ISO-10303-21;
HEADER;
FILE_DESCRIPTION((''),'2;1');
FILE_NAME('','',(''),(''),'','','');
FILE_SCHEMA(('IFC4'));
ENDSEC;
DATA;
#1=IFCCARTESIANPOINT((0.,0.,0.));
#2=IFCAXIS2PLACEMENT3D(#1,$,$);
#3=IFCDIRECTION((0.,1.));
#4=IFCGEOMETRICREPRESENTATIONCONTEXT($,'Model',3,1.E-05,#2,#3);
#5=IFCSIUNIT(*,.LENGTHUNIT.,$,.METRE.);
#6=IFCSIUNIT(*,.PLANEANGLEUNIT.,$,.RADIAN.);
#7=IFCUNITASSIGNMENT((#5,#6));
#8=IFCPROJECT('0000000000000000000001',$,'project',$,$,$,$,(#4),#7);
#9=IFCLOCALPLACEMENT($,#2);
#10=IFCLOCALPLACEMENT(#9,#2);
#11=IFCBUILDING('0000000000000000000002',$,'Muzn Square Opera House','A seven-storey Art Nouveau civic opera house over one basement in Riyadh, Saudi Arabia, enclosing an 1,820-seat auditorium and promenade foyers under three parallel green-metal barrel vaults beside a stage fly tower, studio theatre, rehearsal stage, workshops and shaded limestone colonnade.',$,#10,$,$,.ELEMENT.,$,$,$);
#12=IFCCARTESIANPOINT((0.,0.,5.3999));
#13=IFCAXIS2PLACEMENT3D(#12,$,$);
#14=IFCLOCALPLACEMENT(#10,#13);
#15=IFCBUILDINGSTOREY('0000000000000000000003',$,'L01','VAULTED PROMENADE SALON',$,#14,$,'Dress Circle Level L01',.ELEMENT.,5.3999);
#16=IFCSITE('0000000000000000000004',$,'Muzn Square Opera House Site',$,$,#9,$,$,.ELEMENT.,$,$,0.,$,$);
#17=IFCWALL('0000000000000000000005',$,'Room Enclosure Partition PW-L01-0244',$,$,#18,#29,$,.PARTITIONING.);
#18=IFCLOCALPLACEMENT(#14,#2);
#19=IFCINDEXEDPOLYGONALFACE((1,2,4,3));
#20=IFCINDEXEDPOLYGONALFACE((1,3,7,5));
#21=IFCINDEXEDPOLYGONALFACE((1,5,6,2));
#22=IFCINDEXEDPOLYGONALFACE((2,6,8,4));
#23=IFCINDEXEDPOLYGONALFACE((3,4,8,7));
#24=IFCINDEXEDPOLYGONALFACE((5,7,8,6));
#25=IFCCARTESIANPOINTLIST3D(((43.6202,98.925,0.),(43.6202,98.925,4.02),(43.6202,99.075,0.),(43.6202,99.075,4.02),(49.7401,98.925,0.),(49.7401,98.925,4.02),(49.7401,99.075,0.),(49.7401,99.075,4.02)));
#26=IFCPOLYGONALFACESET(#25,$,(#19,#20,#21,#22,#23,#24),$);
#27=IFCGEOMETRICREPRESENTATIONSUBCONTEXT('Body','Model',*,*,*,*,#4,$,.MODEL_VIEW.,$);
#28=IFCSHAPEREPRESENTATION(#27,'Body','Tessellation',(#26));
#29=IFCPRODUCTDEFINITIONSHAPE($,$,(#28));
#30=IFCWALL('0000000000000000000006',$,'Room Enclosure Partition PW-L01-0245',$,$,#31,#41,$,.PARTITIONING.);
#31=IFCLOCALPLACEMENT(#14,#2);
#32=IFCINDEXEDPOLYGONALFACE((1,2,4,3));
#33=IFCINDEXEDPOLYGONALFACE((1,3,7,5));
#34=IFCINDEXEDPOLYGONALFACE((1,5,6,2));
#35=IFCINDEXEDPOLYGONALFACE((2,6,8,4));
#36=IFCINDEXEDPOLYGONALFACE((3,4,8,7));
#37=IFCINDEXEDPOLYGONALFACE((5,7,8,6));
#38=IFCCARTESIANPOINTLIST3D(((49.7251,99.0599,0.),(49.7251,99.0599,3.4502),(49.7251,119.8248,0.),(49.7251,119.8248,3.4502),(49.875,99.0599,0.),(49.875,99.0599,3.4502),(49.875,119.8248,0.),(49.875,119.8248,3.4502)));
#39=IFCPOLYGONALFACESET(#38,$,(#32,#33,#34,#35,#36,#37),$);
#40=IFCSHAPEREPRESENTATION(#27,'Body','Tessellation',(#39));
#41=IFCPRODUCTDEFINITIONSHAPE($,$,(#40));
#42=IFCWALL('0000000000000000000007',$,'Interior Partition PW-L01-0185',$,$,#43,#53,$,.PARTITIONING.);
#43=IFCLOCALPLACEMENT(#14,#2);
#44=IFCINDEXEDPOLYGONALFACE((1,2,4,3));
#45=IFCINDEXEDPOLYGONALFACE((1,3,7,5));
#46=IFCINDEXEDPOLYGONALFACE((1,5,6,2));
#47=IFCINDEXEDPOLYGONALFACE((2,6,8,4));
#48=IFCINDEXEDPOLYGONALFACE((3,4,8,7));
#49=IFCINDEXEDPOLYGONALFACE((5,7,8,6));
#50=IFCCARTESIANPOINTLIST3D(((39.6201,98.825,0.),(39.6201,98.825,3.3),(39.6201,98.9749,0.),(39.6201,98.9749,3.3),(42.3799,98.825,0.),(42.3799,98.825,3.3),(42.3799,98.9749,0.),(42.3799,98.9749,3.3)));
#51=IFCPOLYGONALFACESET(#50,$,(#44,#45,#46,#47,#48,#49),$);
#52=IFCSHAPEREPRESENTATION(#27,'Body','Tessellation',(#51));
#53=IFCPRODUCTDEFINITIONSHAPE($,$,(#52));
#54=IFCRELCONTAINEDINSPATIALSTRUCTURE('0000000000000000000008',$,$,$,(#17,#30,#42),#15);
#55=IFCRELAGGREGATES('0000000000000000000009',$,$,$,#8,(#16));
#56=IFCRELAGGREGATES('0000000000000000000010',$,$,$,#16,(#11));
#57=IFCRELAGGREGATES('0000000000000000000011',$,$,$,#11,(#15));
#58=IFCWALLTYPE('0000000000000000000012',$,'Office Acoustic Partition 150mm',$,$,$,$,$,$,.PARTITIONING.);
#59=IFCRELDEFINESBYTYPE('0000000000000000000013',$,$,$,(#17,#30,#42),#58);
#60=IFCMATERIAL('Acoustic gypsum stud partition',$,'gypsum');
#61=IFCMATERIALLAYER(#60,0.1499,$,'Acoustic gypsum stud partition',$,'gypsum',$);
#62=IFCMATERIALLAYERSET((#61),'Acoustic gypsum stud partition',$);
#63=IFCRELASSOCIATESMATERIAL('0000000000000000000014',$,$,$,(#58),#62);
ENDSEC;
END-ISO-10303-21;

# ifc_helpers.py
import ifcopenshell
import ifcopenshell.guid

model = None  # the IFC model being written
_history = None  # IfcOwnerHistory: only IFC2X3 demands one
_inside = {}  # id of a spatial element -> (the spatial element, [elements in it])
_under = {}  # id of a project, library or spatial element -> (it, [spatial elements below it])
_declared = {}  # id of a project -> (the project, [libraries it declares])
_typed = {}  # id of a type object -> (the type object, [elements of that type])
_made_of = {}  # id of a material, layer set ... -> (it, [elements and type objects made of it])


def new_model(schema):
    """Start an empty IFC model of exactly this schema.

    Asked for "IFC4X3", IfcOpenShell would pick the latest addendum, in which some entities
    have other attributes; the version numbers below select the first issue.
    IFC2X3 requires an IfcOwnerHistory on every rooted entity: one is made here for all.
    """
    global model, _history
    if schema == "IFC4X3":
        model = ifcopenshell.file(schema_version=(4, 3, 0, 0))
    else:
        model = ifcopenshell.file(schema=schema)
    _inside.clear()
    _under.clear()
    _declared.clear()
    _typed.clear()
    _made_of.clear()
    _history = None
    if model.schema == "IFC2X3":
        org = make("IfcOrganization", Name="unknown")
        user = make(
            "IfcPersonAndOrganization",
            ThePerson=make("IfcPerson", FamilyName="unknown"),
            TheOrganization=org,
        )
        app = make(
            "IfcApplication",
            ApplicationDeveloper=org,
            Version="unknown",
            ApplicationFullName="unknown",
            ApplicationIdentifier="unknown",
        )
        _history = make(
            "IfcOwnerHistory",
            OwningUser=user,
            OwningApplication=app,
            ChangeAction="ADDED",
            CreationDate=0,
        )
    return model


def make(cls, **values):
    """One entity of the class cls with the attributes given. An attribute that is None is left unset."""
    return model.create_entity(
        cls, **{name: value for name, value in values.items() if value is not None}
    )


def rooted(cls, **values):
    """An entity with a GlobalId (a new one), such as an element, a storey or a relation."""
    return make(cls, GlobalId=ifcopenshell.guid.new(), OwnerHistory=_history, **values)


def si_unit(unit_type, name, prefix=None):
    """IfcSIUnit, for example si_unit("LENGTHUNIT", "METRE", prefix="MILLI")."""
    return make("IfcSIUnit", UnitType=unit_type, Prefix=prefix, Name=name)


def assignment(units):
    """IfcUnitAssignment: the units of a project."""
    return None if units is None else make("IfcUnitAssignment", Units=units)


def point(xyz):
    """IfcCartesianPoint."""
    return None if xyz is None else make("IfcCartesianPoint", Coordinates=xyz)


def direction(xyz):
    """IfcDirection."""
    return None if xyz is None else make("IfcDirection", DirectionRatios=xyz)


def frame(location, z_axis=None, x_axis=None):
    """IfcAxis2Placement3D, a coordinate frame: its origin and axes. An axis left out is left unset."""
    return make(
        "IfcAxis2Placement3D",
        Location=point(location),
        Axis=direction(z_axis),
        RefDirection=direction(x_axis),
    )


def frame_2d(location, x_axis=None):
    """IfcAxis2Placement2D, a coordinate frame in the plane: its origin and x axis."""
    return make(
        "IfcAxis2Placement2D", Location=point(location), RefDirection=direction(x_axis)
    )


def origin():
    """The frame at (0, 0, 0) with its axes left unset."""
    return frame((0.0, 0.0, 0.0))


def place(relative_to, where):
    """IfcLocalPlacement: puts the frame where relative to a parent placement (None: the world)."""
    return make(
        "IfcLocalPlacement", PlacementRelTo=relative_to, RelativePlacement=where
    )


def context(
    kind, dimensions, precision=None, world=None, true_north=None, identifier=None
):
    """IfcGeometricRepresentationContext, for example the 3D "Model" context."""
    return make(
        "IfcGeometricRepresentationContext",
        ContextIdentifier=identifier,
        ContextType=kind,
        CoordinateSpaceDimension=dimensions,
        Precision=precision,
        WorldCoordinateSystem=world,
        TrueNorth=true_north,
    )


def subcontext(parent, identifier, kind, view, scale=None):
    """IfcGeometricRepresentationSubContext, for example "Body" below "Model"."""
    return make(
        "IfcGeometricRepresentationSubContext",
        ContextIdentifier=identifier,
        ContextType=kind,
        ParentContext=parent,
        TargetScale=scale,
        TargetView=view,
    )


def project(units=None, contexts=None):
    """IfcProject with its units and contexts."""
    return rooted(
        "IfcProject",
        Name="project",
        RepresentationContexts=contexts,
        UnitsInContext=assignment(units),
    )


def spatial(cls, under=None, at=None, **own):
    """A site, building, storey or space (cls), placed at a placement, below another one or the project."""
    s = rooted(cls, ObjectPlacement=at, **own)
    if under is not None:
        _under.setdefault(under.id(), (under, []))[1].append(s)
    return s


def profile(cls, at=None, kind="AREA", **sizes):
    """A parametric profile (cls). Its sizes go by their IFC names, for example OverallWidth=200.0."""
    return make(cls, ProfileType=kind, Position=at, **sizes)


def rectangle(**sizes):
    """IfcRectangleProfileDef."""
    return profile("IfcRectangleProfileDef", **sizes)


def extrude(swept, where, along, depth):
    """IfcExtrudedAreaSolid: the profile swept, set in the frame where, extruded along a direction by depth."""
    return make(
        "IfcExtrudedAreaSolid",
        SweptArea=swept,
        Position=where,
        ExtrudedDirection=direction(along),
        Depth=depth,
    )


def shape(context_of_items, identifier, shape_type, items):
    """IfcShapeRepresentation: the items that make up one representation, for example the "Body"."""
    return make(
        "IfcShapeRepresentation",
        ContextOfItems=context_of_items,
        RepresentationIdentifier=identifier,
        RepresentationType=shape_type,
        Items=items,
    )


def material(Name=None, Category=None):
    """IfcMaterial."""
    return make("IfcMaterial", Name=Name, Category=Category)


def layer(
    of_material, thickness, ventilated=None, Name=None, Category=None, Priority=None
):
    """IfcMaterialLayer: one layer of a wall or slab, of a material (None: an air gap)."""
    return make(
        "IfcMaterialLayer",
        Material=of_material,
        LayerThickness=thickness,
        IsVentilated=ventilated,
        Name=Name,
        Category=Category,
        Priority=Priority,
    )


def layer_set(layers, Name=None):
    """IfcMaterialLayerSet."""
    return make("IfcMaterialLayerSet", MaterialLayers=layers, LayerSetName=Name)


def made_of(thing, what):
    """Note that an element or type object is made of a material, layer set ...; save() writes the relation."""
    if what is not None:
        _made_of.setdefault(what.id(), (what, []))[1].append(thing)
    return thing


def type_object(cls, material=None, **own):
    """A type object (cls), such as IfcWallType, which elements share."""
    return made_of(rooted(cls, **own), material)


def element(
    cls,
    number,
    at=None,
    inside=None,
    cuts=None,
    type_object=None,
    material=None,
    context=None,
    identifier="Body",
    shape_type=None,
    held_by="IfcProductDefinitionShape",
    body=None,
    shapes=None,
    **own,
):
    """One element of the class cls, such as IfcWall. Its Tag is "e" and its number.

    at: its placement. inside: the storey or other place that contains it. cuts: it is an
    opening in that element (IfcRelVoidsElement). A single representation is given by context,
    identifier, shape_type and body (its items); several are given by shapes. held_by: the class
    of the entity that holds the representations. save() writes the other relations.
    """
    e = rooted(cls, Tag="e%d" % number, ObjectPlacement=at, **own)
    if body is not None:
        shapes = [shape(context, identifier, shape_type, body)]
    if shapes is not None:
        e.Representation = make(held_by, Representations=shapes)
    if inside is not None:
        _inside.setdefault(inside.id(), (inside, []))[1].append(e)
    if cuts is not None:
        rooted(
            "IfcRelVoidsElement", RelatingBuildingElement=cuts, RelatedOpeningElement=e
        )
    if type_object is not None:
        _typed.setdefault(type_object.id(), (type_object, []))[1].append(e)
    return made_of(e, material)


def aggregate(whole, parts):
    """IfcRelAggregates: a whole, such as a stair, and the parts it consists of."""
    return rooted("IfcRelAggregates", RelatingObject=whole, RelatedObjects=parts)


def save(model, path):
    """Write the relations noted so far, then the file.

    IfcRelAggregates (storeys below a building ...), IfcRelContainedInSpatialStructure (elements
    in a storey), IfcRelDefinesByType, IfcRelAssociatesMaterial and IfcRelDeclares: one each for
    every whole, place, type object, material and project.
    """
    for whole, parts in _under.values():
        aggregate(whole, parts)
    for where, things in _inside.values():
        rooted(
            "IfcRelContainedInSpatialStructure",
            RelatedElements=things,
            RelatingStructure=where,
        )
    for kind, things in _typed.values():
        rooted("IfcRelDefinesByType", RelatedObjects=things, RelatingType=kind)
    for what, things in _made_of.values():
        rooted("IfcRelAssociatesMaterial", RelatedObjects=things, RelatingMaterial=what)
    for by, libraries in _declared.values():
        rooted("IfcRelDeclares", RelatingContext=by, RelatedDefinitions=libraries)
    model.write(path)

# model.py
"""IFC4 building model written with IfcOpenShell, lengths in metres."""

from ifc_helpers import new_model, si_unit, direction, frame, frame_2d, origin, place, context, subcontext, project, spatial, rectangle, extrude, material, layer, layer_set, type_object, element, save


model = new_model("IFC4")

# Units and contexts
model_context = context("Model", 3, precision=1e-05, world=origin(), true_north=direction((0.0, 1.0)))
body_context = subcontext(model_context, "Body", "Model", "MODEL_VIEW")
ifc_project = project(units=[si_unit("LENGTHUNIT", "METRE"), si_unit("PLANEANGLEUNIT", "RADIAN")], contexts=[model_context])

# Site, building, storey
site_placement = place(None, origin())
site = spatial("IfcSite", under=ifc_project, at=site_placement, Name="Muzn Square Opera House Site", CompositionType="ELEMENT", RefElevation=0.0)
building_placement = place(site_placement, origin())
building = spatial("IfcBuilding", under=site, at=building_placement, Name="Muzn Square Opera House", Description="A seven-storey Art Nouveau civic opera house over one basement in Riyadh, Saudi Arabia, enclosing an 1,820-seat auditorium and promenade foyers under three parallel green-metal barrel vaults beside a stage fly tower, studio theatre, rehearsal stage, workshops and shaded limestone colonnade.", CompositionType="ELEMENT")
storey_placement = place(building_placement, frame((0.0, 0.0, 5.3999)))
storey = spatial("IfcBuildingStorey", under=building, at=storey_placement, Name="L01", Description="VAULTED PROMENADE SALON", LongName="Dress Circle Level L01", CompositionType="ELEMENT", Elevation=5.3999)

# Shared definitions
ifc_material_1 = material(Name="Acoustic gypsum stud partition", Category="gypsum")
ifc_layer = layer(ifc_material_1, 0.1499, Name="Acoustic gypsum stud partition", Category="gypsum")
ifc_layer_set = layer_set([ifc_layer], Name="Acoustic gypsum stud partition")
wall_type = type_object("IfcWallType", Name="Office Acoustic Partition 150mm", PredefinedType="PARTITIONING", material=ifc_layer_set)

# Walls
wall_1_placement = place(storey_placement, frame((43.6201, 99.0, 0.0), z_axis=(0.0, 0.0, 1.0), x_axis=(1.0, 0.0, 0.0)))
element("IfcWall", 1, at=wall_1_placement, inside=storey, type_object=wall_type, Name="Room Enclosure Partition PW-L01-0244", PredefinedType="PARTITIONING", context=body_context, shape_type="SweptSolid", body=[
    extrude(rectangle(XDim=6.1199, YDim=0.1499, at=frame_2d((3.0601, 0.0))), origin(), (0.0, 0.0, 1.0), 4.02),
])
wall_2_placement = place(storey_placement, frame((49.8, 99.0601, 0.0), z_axis=(0.0, 0.0, 1.0), x_axis=(0.0, 1.0, 0.0)))
element("IfcWall", 2, at=wall_2_placement, inside=storey, type_object=wall_type, Name="Room Enclosure Partition PW-L01-0245", PredefinedType="PARTITIONING", context=body_context, shape_type="SweptSolid", body=[
    extrude(rectangle(XDim=20.7649, YDim=0.1499, at=frame_2d((10.3823, 0.0))), origin(), (0.0, 0.0, 1.0), 3.4502),
])
wall_3_placement = place(storey_placement, frame((39.6201, 98.8999, 0.0), z_axis=(0.0, 0.0, 1.0), x_axis=(1.0, 0.0, 0.0)))
element("IfcWall", 3, at=wall_3_placement, inside=storey, type_object=wall_type, Name="Interior Partition PW-L01-0185", PredefinedType="PARTITIONING", context=body_context, shape_type="SweptSolid", body=[
    extrude(rectangle(XDim=2.7598, YDim=0.1499, at=frame_2d((1.3799, 0.0))), origin(), (0.0, 0.0, 1.0), 3.3),
])

save(model, "model.ifc")
